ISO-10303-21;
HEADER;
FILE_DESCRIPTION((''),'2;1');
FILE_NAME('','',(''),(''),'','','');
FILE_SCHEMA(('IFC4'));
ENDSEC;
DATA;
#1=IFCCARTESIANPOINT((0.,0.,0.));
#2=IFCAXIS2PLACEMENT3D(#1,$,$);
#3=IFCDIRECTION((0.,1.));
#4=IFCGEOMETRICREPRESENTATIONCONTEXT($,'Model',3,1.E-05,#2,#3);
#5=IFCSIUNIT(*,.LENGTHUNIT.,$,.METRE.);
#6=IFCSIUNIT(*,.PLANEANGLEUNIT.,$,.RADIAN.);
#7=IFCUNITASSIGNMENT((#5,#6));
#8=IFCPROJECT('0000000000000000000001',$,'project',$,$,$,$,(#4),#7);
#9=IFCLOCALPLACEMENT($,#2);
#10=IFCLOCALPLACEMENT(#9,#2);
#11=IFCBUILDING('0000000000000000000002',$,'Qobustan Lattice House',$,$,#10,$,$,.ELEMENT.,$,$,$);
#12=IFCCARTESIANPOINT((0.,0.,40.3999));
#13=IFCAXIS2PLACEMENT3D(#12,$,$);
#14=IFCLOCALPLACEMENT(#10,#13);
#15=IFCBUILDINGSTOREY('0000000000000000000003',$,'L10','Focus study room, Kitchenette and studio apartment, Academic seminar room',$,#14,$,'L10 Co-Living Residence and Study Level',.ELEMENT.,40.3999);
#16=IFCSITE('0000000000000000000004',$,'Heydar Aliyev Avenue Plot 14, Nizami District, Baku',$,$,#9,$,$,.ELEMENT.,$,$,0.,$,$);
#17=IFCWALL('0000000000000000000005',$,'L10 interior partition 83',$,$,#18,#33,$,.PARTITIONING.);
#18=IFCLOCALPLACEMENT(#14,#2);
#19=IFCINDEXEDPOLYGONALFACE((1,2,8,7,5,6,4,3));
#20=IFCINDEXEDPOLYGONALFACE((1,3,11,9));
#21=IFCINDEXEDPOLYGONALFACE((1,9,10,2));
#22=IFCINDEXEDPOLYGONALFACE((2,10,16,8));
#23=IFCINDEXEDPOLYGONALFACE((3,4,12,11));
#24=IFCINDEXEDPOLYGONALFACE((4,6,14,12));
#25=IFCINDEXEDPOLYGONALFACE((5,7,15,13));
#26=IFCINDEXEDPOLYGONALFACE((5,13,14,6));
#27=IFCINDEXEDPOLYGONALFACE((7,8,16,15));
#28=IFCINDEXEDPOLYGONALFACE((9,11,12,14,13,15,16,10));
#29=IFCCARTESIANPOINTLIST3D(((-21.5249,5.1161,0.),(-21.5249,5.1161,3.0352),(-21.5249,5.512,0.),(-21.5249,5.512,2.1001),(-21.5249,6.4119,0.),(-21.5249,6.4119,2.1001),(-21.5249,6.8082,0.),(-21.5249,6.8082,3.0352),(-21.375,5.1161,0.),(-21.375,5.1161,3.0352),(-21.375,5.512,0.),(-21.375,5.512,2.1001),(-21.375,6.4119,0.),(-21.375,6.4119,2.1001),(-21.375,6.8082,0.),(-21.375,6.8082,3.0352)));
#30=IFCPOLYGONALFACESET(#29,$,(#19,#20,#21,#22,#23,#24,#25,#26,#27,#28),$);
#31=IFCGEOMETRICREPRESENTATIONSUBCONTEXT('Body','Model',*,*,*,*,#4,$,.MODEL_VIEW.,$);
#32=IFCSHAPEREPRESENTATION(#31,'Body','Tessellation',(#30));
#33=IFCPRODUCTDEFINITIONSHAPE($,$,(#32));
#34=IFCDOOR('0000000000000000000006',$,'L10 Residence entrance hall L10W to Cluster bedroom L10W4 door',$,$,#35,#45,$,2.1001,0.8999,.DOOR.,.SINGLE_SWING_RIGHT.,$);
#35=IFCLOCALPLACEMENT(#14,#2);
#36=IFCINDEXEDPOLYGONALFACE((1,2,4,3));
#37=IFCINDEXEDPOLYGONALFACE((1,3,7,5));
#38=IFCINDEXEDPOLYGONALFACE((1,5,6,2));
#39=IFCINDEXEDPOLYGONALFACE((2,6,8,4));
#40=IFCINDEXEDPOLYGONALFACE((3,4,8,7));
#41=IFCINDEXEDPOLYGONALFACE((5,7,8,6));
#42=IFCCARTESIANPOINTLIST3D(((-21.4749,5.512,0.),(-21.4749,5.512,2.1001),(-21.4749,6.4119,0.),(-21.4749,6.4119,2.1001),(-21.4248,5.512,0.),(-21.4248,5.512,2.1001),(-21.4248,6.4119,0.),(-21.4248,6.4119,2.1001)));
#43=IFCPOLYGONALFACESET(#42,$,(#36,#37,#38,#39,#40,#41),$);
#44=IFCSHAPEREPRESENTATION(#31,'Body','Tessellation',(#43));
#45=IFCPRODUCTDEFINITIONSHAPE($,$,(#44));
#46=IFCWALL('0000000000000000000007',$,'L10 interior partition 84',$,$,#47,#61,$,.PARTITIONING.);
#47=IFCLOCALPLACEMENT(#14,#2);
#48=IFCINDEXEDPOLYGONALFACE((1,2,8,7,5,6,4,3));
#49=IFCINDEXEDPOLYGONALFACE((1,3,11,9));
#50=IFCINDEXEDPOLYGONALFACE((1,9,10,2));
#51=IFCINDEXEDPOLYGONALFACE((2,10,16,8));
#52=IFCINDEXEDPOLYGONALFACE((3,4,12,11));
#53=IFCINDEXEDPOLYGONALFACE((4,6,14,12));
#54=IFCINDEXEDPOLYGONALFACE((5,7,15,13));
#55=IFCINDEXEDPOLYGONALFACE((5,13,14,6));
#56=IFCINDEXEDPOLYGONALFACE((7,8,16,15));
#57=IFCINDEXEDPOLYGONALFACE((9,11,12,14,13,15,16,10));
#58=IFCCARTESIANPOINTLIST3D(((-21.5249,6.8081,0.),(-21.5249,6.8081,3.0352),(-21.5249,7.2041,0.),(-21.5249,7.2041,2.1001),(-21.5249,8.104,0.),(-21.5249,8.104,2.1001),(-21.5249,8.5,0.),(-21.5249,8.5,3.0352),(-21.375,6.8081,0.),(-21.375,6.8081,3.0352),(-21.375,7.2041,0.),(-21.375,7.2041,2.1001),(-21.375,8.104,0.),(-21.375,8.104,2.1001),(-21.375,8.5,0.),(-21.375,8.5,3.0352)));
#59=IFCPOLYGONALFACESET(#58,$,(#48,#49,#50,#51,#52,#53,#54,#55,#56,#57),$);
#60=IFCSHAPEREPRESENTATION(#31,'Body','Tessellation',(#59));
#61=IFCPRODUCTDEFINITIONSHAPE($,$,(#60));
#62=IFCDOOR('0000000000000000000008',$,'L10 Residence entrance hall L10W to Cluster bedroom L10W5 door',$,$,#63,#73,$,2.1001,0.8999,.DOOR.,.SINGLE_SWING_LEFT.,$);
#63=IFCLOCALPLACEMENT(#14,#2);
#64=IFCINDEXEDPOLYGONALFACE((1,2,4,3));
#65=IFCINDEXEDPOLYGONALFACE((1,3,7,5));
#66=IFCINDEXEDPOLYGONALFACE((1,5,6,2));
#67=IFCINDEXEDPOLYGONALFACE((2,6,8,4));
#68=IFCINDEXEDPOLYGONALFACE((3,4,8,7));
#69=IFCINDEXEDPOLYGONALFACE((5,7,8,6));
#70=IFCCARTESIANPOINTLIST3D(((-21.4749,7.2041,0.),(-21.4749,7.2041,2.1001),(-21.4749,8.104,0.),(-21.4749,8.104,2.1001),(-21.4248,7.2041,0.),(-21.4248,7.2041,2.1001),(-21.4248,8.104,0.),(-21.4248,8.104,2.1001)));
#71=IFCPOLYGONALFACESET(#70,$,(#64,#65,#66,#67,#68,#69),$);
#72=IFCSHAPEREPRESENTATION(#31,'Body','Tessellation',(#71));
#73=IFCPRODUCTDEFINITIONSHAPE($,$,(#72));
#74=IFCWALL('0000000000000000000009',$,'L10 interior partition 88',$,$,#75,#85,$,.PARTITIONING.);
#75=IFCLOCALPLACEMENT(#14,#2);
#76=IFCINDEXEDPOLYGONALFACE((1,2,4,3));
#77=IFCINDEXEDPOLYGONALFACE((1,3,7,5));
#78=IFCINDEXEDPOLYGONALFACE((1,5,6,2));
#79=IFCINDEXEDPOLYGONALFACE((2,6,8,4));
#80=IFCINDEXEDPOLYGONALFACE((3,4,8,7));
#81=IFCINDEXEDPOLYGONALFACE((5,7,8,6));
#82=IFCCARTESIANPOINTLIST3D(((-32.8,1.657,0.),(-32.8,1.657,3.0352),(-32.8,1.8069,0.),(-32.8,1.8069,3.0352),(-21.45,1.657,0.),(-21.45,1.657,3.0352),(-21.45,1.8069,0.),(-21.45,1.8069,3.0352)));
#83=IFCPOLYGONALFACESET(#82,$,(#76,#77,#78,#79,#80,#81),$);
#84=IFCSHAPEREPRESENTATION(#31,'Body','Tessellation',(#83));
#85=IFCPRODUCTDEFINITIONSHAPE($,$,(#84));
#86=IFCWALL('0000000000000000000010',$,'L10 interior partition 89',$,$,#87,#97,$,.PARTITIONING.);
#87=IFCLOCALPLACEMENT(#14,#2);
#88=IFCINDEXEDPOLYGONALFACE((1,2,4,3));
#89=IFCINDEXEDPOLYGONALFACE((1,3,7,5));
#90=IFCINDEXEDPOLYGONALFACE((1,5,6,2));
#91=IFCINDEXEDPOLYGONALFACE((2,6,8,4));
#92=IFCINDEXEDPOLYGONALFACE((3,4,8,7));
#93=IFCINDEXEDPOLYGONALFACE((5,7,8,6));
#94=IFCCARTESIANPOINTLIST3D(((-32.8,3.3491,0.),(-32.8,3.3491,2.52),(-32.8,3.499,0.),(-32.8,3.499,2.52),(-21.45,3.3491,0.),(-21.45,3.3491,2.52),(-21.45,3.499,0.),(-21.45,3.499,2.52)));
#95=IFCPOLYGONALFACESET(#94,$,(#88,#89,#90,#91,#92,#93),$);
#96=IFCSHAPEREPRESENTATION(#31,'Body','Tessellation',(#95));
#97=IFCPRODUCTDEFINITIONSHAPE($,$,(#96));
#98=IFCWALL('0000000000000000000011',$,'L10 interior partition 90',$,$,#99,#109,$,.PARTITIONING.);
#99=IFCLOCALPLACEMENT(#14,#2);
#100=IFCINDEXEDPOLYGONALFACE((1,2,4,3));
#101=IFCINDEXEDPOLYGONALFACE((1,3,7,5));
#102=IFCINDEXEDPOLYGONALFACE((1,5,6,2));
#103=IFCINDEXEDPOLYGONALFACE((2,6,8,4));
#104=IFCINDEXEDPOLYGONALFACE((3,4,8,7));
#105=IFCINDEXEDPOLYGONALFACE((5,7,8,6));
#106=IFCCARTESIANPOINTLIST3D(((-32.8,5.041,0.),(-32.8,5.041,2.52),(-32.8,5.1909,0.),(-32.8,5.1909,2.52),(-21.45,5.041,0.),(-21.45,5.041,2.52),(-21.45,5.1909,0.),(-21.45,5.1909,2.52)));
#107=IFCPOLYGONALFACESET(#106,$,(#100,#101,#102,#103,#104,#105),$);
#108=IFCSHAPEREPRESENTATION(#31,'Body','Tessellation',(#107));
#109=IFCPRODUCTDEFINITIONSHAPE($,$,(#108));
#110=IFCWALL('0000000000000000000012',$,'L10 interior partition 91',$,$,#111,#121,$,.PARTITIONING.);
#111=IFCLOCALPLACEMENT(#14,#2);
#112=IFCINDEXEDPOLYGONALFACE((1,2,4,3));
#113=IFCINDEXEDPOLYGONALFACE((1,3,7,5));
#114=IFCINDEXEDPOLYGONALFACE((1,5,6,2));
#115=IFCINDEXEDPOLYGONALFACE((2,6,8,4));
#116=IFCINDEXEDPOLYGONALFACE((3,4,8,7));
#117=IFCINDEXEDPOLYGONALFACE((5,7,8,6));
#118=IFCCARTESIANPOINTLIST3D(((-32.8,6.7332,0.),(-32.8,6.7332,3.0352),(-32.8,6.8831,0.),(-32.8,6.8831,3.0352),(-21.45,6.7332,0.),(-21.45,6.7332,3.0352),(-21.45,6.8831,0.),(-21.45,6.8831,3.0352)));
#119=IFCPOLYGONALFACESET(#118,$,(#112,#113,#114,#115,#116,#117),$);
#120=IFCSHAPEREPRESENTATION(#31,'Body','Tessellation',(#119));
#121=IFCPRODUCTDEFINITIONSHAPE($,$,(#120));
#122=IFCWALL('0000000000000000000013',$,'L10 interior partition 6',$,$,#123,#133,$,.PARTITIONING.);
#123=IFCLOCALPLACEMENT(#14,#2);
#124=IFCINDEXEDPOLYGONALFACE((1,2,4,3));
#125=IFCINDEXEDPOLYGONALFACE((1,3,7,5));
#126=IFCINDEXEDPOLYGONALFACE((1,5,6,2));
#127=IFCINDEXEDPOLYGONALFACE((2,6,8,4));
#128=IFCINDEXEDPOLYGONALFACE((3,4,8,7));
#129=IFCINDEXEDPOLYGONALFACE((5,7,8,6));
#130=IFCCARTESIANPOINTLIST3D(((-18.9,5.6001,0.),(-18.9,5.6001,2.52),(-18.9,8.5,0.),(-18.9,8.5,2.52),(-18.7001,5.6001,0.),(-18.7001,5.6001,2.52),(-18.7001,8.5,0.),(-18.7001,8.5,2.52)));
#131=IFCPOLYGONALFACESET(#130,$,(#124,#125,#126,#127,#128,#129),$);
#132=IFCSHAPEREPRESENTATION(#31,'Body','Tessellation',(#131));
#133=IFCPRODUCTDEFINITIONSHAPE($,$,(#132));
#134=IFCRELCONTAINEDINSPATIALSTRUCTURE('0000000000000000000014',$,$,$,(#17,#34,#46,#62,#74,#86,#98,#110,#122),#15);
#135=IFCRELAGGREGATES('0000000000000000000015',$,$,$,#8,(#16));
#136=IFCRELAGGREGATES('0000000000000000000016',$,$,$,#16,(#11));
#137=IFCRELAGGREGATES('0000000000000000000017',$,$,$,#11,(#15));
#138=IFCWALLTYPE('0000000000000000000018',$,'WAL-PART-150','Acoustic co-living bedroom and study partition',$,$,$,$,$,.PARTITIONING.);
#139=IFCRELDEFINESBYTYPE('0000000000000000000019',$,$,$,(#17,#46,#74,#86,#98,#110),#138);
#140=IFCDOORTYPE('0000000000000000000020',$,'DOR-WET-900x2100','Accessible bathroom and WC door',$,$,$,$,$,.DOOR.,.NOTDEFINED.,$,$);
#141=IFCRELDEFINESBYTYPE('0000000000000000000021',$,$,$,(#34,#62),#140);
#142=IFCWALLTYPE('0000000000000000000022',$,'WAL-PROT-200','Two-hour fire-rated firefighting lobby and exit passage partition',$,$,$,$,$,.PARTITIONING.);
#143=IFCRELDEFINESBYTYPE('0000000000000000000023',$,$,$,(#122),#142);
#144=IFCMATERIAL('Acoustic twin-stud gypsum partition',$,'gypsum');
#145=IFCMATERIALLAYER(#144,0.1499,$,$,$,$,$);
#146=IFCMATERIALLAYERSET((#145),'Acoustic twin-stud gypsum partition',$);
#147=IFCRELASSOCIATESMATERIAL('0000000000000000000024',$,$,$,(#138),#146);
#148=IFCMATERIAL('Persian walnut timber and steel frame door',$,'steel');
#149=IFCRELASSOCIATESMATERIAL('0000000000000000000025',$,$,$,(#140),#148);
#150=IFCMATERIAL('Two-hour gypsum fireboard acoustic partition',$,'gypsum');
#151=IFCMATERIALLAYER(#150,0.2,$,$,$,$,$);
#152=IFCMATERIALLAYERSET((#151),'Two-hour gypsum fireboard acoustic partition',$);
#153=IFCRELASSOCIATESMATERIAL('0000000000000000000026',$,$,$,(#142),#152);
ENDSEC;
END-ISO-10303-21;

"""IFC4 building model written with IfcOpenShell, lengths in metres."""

from ifc_helpers import new_model, si_unit, direction, frame, frame_2d, origin, place, context, subcontext, project, spatial, rectangle, extrude, material, layer, layer_set, type_object, element, fill, save


model = new_model("IFC4")

# Units and contexts
model_context = context("Model", 3, precision=1e-05, world=origin(), true_north=direction((0.0, 1.0)))
body_context = subcontext(model_context, "Body", "Model", "MODEL_VIEW")
ifc_project = project(units=[si_unit("LENGTHUNIT", "METRE"), si_unit("PLANEANGLEUNIT", "RADIAN")], contexts=[model_context])

# Site, building, storey
site_placement = place(None, origin())
site = spatial("IfcSite", under=ifc_project, at=site_placement, Name="Heydar Aliyev Avenue Plot 14, Nizami District, Baku", CompositionType="ELEMENT", RefElevation=0.0)
building_placement = place(site_placement, origin())
building = spatial("IfcBuilding", under=site, at=building_placement, Name="Qobustan Lattice House", CompositionType="ELEMENT")
storey_placement = place(building_placement, frame((0.0, 0.0, 40.3999)))
storey = spatial("IfcBuildingStorey", under=building, at=storey_placement, Name="L10", Description="Focus study room, Kitchenette and studio apartment, Academic seminar room", LongName="L10 Co-Living Residence and Study Level", CompositionType="ELEMENT", Elevation=40.3999)

# Shared definitions
ifc_material_1 = material(Name="Acoustic twin-stud gypsum partition", Category="gypsum")
ifc_layer_1 = layer(ifc_material_1, 0.1499)
ifc_layer_set_1 = layer_set([ifc_layer_1], Name="Acoustic twin-stud gypsum partition")
wall_type_1 = type_object("IfcWallType", Name="WAL-PART-150", Description="Acoustic co-living bedroom and study partition", PredefinedType="PARTITIONING", material=ifc_layer_set_1)

# Walls, openings, doors
ifc_material_2 = material(Name="Persian walnut timber and steel frame door", Category="steel")
door_type_1 = type_object("IfcDoorType", Name="DOR-WET-900x2100", Description="Accessible bathroom and WC door", OperationType="NOTDEFINED", PredefinedType="DOOR", material=ifc_material_2)
wall_1_placement = place(storey_placement, frame((-21.45, 5.116, 0.0), z_axis=(0.0, 0.0, 1.0), x_axis=(0.0, 1.0, 0.0)))
wall_1 = element("IfcWall", 1, at=wall_1_placement, inside=storey, type_object=wall_type_1, Name="L10 interior partition 83", PredefinedType="PARTITIONING", context=body_context, shape_type="SweptSolid", body=[
    extrude(rectangle(XDim=1.6921, YDim=0.1499, at=frame_2d((0.8462, 0.0))), origin(), (0.0, 0.0, 1.0), 3.0352),
])
opening_1_placement = place(wall_1_placement, frame((0.396, 0.0, 0.0)))
opening_1 = element("IfcOpeningElement", 2, at=opening_1_placement, cuts=wall_1, PredefinedType="OPENING", context=body_context, shape_type="SweptSolid", body=[
    extrude(rectangle(XDim=0.8999, YDim=2.1001, at=frame_2d((0.45, 1.05))), frame((0.0, 0.085, 0.0), z_axis=(0.0, -1.0, 0.0), x_axis=(1.0, 0.0, 0.0)), (0.0, 0.0, 1.0), 0.1699),
])
door_1_placement = place(opening_1_placement, origin())
door_1 = element("IfcDoor", 3, at=door_1_placement, inside=storey, type_object=door_type_1, Name="L10 Residence entrance hall L10W to Cluster bedroom L10W4 door", OperationType="SINGLE_SWING_RIGHT", OverallHeight=2.1001, OverallWidth=0.8999, PredefinedType="DOOR", context=body_context, shape_type="SweptSolid", body=[
    extrude(rectangle(XDim=0.8999, YDim=2.1001, at=frame_2d((0.45, 1.05))), frame((0.0, 0.0249, 0.0), z_axis=(0.0, -1.0, 0.0), x_axis=(1.0, 0.0, 0.0)), (0.0, 0.0, 1.0), 0.05),
])
fill(opening_1, door_1)
wall_2_placement = place(storey_placement, frame((-21.45, 6.8081, 0.0), z_axis=(0.0, 0.0, 1.0), x_axis=(0.0, 1.0, 0.0)))
wall_2 = element("IfcWall", 4, at=wall_2_placement, inside=storey, type_object=wall_type_1, Name="L10 interior partition 84", PredefinedType="PARTITIONING", context=body_context, shape_type="SweptSolid", body=[
    extrude(rectangle(XDim=1.6919, YDim=0.1499, at=frame_2d((0.8459, 0.0))), origin(), (0.0, 0.0, 1.0), 3.0352),
])
opening_2_placement = place(wall_2_placement, frame((0.396, 0.0, 0.0)))
opening_2 = element("IfcOpeningElement", 5, at=opening_2_placement, cuts=wall_2, PredefinedType="OPENING", context=body_context, shape_type="SweptSolid", body=[
    extrude(rectangle(XDim=0.8999, YDim=2.1001, at=frame_2d((0.45, 1.05))), frame((0.0, 0.085, 0.0), z_axis=(0.0, -1.0, 0.0), x_axis=(1.0, 0.0, 0.0)), (0.0, 0.0, 1.0), 0.1699),
])
door_2_placement = place(opening_2_placement, origin())
door_2 = element("IfcDoor", 6, at=door_2_placement, inside=storey, type_object=door_type_1, Name="L10 Residence entrance hall L10W to Cluster bedroom L10W5 door", OperationType="SINGLE_SWING_LEFT", OverallHeight=2.1001, OverallWidth=0.8999, PredefinedType="DOOR", context=body_context, shape_type="SweptSolid", body=[
    extrude(rectangle(XDim=0.8999, YDim=2.1001, at=frame_2d((0.45, 1.05))), frame((0.0, 0.0249, 0.0), z_axis=(0.0, -1.0, 0.0), x_axis=(1.0, 0.0, 0.0)), (0.0, 0.0, 1.0), 0.05),
])
fill(opening_2, door_2)

# Walls
wall_3_placement = place(storey_placement, frame((-32.8, 1.7319, 0.0), z_axis=(0.0, 0.0, 1.0), x_axis=(1.0, 0.0, 0.0)))
element("IfcWall", 7, at=wall_3_placement, inside=storey, type_object=wall_type_1, Name="L10 interior partition 88", PredefinedType="PARTITIONING", context=body_context, shape_type="SweptSolid", body=[
    extrude(rectangle(XDim=11.3501, YDim=0.1499, at=frame_2d((5.675, 0.0))), origin(), (0.0, 0.0, 1.0), 3.0352),
])
for number, where, z_axis, x_axis, name in (
    (8, (-32.8, 3.4241, 0.0), (0.0, 0.0, 1.0), (1.0, 0.0, 0.0), "L10 interior partition 89"),
    (9, (-32.8, 5.116, 0.0), (0.0, 0.0, 1.0), (1.0, 0.0, 0.0), "L10 interior partition 90"),
):
    element("IfcWall", number, at=place(storey_placement, frame(where, z_axis=z_axis, x_axis=x_axis)), inside=storey, type_object=wall_type_1, Name=name, PredefinedType="PARTITIONING", context=body_context, shape_type="SweptSolid", body=[
        extrude(rectangle(XDim=11.3501, YDim=0.1499, at=frame_2d((5.675, 0.0))), origin(), (0.0, 0.0, 1.0), 2.52),
    ])
wall_4_placement = place(storey_placement, frame((-32.8, 6.8081, 0.0), z_axis=(0.0, 0.0, 1.0), x_axis=(1.0, 0.0, 0.0)))
element("IfcWall", 10, at=wall_4_placement, inside=storey, type_object=wall_type_1, Name="L10 interior partition 91", PredefinedType="PARTITIONING", context=body_context, shape_type="SweptSolid", body=[
    extrude(rectangle(XDim=11.3501, YDim=0.1499, at=frame_2d((5.675, 0.0))), origin(), (0.0, 0.0, 1.0), 3.0352),
])
ifc_material_3 = material(Name="Two-hour gypsum fireboard acoustic partition", Category="gypsum")
ifc_layer_2 = layer(ifc_material_3, 0.2)
ifc_layer_set_2 = layer_set([ifc_layer_2], Name="Two-hour gypsum fireboard acoustic partition")
wall_type_2 = type_object("IfcWallType", Name="WAL-PROT-200", Description="Two-hour fire-rated firefighting lobby and exit passage partition", PredefinedType="PARTITIONING", material=ifc_layer_set_2)
wall_5_placement = place(storey_placement, frame((-18.8, 8.5, 0.0), z_axis=(0.0, 0.0, 1.0), x_axis=(0.0, -1.0, 0.0)))
element("IfcWall", 11, at=wall_5_placement, inside=storey, type_object=wall_type_2, Name="L10 interior partition 6", PredefinedType="PARTITIONING", context=body_context, shape_type="SweptSolid", body=[
    extrude(rectangle(XDim=2.8999, YDim=0.2, at=frame_2d((1.45, 0.0))), origin(), (0.0, 0.0, 1.0), 2.52),
])

save(model, "model.ifc")
